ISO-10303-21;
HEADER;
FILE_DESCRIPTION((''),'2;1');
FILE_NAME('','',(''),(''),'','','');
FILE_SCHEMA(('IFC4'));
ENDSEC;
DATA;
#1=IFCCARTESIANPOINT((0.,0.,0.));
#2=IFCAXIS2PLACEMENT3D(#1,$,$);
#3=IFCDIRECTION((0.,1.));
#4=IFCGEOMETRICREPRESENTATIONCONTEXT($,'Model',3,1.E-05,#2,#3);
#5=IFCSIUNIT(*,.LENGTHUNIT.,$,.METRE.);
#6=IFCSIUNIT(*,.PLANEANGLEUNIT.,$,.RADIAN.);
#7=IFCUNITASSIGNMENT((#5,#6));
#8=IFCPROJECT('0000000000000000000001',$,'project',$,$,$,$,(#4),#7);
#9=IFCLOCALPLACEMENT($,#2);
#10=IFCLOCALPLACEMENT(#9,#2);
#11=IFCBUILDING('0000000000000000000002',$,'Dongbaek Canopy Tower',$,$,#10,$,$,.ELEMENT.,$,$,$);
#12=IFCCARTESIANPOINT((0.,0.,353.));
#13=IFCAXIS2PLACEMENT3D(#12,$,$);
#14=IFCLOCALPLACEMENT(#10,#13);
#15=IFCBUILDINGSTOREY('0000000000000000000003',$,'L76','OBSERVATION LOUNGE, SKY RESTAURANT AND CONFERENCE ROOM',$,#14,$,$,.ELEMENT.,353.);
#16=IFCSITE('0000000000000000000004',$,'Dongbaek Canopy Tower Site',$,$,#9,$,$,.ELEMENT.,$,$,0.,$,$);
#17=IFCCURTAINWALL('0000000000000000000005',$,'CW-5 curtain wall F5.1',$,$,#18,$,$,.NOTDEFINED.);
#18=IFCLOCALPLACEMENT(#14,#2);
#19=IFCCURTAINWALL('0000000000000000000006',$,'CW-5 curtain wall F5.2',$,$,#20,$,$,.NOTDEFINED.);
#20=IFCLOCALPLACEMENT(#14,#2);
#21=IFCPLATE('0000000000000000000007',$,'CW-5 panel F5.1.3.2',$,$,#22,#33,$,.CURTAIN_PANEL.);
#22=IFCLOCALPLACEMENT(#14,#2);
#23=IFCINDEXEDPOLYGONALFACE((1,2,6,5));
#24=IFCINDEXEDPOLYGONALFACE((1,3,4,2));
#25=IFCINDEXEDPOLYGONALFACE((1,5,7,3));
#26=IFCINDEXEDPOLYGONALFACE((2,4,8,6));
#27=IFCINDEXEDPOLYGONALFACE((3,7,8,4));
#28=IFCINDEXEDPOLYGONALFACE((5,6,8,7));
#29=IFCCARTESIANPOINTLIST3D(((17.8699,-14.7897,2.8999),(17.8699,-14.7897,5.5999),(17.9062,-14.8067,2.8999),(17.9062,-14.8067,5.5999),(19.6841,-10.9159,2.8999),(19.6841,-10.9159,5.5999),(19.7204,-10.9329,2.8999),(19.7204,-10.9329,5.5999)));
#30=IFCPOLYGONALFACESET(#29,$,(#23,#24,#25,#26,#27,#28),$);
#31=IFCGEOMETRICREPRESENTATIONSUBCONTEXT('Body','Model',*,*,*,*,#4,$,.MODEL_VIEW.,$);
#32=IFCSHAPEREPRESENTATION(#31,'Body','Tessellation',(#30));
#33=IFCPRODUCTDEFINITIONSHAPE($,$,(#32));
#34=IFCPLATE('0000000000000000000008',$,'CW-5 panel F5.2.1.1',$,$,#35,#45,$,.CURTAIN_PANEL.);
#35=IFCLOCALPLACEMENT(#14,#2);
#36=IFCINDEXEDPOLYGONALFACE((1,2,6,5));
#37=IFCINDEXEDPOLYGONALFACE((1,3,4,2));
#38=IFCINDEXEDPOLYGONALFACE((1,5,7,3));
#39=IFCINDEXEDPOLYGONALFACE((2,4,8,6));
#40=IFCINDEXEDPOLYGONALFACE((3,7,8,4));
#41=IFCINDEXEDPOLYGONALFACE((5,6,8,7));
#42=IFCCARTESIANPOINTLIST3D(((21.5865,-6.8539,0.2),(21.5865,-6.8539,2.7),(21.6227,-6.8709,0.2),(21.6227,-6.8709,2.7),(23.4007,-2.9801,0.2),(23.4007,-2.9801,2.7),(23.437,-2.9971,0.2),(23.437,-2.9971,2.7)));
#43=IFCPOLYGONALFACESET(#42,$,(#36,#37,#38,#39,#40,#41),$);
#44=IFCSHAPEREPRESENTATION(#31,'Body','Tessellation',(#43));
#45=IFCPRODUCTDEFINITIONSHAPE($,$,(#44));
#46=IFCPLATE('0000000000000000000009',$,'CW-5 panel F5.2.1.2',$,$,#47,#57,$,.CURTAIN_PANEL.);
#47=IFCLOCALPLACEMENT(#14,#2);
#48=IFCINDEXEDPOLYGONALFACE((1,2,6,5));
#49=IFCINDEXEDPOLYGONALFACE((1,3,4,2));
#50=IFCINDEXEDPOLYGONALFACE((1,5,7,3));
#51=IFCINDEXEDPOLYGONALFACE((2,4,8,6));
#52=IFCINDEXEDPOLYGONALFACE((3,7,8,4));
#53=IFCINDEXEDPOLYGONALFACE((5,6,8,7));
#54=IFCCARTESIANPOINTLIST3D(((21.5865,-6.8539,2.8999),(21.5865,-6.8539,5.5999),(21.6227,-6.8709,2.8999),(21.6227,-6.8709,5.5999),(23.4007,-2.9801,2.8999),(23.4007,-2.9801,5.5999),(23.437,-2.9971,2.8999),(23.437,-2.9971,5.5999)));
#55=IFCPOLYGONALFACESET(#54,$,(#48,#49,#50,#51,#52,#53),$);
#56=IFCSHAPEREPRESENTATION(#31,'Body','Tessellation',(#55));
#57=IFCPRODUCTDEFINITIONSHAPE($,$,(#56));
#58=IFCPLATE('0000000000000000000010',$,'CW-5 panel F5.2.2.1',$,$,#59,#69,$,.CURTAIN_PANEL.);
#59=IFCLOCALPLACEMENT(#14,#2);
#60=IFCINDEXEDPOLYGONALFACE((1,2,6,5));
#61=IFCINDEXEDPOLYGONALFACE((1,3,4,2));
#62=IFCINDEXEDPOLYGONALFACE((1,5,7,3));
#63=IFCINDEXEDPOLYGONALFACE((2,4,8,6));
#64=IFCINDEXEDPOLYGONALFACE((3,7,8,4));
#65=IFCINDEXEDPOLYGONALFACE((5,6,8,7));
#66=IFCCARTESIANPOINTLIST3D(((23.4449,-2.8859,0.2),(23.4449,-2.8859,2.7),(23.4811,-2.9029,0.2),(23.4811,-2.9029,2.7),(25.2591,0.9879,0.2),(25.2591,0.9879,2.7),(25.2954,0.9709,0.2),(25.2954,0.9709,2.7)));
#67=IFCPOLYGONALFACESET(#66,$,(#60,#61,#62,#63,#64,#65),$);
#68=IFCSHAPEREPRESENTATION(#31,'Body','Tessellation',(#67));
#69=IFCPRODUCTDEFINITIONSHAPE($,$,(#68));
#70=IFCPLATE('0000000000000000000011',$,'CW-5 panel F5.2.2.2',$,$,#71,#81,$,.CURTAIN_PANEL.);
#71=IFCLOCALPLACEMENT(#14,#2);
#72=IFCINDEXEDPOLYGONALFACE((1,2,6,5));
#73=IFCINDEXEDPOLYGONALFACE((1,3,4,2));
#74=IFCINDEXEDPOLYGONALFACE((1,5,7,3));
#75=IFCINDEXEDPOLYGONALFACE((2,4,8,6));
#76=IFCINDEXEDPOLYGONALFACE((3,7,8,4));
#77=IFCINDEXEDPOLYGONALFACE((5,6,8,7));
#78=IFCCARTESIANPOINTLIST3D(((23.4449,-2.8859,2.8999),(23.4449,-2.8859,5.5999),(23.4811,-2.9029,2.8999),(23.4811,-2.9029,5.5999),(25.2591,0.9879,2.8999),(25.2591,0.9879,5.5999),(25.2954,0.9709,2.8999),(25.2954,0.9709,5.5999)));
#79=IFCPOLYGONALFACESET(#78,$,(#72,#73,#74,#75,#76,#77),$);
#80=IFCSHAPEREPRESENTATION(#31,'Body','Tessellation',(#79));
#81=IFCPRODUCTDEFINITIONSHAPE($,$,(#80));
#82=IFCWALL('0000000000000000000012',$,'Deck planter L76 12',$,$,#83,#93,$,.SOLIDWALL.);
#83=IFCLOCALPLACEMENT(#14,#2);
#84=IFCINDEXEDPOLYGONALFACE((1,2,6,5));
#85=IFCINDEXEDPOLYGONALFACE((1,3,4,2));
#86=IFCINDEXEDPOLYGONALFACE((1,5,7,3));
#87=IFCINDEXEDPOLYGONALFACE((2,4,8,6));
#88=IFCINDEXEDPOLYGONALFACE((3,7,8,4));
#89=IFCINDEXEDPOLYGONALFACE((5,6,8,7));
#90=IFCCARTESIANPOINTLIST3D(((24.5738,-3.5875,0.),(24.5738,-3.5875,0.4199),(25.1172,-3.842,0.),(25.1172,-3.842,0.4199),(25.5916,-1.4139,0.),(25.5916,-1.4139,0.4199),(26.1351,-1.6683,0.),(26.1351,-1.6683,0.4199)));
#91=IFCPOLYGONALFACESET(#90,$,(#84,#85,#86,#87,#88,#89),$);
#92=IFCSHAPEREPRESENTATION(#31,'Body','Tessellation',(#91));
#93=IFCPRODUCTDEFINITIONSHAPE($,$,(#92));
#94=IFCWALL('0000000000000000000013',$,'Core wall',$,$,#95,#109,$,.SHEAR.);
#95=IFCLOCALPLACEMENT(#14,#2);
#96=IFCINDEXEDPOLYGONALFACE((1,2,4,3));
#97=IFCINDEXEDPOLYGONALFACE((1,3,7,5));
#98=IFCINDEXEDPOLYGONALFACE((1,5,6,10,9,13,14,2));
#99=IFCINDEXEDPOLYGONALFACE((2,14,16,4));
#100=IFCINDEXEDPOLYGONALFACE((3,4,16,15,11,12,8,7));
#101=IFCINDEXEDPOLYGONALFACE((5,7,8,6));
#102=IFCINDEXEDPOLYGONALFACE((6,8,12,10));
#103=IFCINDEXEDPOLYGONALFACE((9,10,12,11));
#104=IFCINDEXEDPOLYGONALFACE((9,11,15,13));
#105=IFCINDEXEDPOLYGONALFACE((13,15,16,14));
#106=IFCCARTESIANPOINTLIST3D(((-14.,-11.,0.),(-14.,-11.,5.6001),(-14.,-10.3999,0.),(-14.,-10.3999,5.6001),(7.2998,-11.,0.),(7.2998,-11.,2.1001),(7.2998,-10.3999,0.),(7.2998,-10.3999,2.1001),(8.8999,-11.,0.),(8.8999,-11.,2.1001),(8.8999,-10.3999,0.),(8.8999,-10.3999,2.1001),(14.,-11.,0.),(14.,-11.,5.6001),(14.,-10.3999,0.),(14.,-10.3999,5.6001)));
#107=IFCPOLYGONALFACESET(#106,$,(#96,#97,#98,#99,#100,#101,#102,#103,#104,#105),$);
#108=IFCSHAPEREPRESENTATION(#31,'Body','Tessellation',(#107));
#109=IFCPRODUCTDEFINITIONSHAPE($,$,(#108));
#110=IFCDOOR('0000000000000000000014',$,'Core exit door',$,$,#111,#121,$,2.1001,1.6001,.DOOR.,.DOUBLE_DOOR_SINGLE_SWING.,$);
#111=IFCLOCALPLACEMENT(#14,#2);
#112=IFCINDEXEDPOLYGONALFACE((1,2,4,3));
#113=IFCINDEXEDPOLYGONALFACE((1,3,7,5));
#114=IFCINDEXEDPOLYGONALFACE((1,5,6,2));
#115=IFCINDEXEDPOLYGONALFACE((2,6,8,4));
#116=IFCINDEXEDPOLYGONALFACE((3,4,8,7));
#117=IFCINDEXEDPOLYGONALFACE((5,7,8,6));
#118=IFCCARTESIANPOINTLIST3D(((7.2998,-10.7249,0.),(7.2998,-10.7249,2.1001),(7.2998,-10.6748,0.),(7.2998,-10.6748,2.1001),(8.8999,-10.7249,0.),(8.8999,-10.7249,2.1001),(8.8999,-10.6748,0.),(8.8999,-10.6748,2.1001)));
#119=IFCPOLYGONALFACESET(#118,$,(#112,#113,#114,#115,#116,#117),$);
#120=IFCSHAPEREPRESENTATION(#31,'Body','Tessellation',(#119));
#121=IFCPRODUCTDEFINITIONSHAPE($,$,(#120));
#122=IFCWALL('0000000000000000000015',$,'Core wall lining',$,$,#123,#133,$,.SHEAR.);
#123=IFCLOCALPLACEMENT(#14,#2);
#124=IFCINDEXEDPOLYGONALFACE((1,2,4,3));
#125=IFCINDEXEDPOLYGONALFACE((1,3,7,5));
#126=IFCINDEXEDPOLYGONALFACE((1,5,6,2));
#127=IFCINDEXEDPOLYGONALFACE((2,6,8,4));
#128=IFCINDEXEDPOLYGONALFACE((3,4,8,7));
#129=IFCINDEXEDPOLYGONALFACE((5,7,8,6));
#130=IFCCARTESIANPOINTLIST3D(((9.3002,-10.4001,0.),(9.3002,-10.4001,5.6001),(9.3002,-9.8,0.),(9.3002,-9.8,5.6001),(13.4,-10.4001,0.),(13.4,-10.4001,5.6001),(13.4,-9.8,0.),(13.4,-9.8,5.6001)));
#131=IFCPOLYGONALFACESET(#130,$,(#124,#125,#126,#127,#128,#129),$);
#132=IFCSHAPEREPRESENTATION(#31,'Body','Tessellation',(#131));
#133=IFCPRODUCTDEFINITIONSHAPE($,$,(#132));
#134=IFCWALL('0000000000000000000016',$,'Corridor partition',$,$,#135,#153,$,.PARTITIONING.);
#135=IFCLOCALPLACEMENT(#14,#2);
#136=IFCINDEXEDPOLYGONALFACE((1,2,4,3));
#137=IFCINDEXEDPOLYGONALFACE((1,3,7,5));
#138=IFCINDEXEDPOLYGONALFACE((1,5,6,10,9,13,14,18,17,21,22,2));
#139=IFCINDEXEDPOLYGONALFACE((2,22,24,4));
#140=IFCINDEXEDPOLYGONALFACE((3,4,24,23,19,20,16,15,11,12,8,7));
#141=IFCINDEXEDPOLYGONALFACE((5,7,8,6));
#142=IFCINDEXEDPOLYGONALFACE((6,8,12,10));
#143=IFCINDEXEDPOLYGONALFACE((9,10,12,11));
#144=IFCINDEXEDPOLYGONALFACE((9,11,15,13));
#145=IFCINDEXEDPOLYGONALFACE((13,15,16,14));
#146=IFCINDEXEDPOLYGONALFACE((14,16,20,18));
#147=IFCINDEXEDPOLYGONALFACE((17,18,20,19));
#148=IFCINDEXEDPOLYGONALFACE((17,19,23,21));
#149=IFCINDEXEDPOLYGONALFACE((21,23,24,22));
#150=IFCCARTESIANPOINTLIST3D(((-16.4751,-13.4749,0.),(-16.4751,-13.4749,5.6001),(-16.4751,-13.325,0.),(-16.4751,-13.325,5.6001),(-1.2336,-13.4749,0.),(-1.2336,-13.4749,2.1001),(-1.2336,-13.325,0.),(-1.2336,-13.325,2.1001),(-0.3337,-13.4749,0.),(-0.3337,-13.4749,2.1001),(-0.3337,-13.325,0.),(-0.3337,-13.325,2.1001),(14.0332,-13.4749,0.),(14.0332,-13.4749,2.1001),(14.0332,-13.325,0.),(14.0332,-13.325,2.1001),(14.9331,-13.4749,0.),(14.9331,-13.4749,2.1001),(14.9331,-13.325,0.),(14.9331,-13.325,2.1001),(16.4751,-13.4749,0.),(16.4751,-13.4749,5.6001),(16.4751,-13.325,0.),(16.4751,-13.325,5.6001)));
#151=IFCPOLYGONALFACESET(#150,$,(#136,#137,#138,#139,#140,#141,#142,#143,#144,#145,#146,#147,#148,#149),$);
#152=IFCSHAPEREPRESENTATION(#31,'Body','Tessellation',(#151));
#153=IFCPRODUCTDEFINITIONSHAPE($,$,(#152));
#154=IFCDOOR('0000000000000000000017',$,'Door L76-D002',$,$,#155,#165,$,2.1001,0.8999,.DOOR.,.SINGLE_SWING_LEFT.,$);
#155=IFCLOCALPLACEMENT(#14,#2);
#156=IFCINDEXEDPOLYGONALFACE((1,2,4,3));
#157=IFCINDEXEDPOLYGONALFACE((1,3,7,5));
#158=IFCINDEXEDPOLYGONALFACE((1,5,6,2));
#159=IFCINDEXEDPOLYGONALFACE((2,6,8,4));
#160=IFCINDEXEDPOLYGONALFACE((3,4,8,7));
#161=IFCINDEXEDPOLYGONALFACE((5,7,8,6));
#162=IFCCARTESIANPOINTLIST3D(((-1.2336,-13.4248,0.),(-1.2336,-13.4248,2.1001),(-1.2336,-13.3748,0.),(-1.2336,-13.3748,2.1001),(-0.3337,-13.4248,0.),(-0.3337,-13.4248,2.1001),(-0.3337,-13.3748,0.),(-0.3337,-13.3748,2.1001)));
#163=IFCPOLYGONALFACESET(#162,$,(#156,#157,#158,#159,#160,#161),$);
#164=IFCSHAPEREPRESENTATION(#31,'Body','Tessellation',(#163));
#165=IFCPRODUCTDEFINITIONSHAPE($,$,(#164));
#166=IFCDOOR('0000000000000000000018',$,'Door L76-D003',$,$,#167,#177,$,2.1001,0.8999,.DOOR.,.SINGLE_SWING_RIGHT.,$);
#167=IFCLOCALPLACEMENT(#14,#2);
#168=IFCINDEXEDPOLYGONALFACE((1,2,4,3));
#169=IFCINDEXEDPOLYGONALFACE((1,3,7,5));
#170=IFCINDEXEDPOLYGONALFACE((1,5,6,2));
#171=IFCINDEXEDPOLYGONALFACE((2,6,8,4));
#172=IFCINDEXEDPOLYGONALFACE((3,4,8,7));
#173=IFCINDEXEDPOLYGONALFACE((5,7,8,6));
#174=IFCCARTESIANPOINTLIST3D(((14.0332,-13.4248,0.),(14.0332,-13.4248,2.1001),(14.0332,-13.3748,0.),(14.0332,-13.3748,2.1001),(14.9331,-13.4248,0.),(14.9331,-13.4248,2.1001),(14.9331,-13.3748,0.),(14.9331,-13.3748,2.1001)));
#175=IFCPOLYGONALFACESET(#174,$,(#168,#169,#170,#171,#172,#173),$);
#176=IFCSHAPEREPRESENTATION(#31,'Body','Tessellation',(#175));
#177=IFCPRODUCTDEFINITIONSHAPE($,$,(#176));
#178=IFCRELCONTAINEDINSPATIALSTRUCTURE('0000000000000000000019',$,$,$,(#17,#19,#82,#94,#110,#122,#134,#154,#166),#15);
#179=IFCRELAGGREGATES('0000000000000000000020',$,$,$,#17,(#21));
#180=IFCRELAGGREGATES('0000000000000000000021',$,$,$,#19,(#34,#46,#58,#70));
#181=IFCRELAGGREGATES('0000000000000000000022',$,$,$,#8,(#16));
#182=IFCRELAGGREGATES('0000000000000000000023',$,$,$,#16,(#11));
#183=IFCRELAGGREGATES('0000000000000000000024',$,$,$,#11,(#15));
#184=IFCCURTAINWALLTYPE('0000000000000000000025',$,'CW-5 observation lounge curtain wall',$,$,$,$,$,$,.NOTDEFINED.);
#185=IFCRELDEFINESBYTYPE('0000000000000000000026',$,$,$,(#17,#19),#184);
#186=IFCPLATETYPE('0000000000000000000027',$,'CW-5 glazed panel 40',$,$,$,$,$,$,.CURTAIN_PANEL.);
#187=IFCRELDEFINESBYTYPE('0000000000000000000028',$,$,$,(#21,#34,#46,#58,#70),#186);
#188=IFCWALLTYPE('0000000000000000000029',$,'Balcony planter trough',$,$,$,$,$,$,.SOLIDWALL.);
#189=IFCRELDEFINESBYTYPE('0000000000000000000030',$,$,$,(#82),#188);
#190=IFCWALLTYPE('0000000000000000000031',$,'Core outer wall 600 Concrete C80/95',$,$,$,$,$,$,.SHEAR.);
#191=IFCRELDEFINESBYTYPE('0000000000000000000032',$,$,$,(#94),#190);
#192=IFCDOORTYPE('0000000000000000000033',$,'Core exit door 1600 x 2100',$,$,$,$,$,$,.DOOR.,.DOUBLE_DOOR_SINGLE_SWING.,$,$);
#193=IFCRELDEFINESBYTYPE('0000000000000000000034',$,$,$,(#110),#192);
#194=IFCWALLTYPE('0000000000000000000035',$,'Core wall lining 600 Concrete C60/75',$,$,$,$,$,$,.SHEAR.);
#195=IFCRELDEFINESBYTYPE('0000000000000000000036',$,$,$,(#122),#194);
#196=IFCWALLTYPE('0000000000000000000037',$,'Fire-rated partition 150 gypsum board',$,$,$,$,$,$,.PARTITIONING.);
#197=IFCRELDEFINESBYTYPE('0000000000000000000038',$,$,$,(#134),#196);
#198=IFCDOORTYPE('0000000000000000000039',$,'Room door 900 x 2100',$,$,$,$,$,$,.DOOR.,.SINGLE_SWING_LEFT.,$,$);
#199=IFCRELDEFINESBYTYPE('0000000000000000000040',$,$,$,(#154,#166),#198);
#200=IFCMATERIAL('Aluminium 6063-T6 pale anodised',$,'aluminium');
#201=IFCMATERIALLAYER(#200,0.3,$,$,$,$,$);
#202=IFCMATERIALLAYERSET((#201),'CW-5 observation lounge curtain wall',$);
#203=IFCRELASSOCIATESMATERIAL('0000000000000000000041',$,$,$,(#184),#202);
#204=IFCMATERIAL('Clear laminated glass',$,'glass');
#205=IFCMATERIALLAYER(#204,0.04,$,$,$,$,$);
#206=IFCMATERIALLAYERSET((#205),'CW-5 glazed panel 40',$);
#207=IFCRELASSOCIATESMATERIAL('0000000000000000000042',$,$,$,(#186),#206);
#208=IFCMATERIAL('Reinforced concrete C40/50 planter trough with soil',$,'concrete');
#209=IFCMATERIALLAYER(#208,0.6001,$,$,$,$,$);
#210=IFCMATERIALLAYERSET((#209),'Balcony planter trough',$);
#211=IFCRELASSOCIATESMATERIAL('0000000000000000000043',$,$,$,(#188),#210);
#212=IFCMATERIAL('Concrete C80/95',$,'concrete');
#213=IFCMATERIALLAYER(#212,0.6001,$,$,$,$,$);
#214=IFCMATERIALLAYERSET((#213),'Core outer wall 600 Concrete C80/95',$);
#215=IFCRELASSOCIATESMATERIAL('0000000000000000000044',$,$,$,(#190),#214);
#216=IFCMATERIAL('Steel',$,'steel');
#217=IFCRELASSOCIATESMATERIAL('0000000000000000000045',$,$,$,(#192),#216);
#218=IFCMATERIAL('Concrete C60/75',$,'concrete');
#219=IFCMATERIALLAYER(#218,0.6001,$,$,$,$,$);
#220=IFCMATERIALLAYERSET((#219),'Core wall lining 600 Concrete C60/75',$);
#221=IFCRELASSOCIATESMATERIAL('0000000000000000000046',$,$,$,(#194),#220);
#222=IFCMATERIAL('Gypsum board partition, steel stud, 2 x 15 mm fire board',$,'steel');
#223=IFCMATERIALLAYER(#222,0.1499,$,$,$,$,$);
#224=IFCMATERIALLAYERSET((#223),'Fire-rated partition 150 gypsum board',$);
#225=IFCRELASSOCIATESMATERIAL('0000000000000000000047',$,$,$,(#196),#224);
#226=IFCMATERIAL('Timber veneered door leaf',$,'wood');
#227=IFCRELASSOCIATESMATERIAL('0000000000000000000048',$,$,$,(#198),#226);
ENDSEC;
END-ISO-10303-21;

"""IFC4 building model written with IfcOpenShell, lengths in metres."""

from ifc_helpers import new_model, si_unit, direction, frame, frame_2d, origin, origin_2d, place, context, subcontext, project, spatial, rectangle, extrude, material, layer, layer_set, type_object, element, fill, aggregate, save


model = new_model("IFC4")

# Units and contexts
model_context = context("Model", 3, precision=1e-05, world=origin(), true_north=direction((0.0, 1.0)))
body_context = subcontext(model_context, "Body", "Model", "MODEL_VIEW")
ifc_project = project(units=[si_unit("LENGTHUNIT", "METRE"), si_unit("PLANEANGLEUNIT", "RADIAN")], contexts=[model_context])

# Site, building, storey
site_placement = place(None, origin())
site = spatial("IfcSite", under=ifc_project, at=site_placement, Name="Dongbaek Canopy Tower Site", CompositionType="ELEMENT", RefElevation=0.0)
building_placement = place(site_placement, origin())
building = spatial("IfcBuilding", under=site, at=building_placement, Name="Dongbaek Canopy Tower", CompositionType="ELEMENT")
storey_placement = place(building_placement, frame((0.0, 0.0, 353.0)))
storey = spatial("IfcBuildingStorey", under=building, at=storey_placement, Name="L76", Description="OBSERVATION LOUNGE, SKY RESTAURANT AND CONFERENCE ROOM", CompositionType="ELEMENT", Elevation=353.0)

# Curtain wall
ifc_material_1 = material(Name="Aluminium 6063-T6 pale anodised", Category="aluminium")
ifc_layer_1 = layer(ifc_material_1, 0.3)
ifc_layer_set_1 = layer_set([ifc_layer_1], Name="CW-5 observation lounge curtain wall")
curtain_wall_type = type_object("IfcCurtainWallType", Name="CW-5 observation lounge curtain wall", PredefinedType="NOTDEFINED", material=ifc_layer_set_1)
curtain_wall_1_placement = place(storey_placement, origin())
curtain_wall_1 = element("IfcCurtainWall", 1, at=curtain_wall_1_placement, inside=storey, type_object=curtain_wall_type, Name="CW-5 curtain wall F5.1", PredefinedType="NOTDEFINED")

# Curtain wall
curtain_wall_2_placement = place(storey_placement, origin())
curtain_wall_2 = element("IfcCurtainWall", 2, at=curtain_wall_2_placement, inside=storey, type_object=curtain_wall_type, Name="CW-5 curtain wall F5.2", PredefinedType="NOTDEFINED")

# Plates
ifc_material_2 = material(Name="Clear laminated glass", Category="glass")
ifc_layer_2 = layer(ifc_material_2, 0.04)
ifc_layer_set_2 = layer_set([ifc_layer_2], Name="CW-5 glazed panel 40")
plate_type = type_object("IfcPlateType", Name="CW-5 glazed panel 40", PredefinedType="CURTAIN_PANEL", material=ifc_layer_set_2)
plate_1_placement = place(storey_placement, frame((18.7952, -12.8613, 2.8999), z_axis=(0.0, 0.0, 1.0), x_axis=(0.424123, 0.905605, 0.0)))
plate_1 = element("IfcPlate", 3, at=plate_1_placement, type_object=plate_type, Name="CW-5 panel F5.1.3.2", PredefinedType="CURTAIN_PANEL", context=body_context, shape_type="SweptSolid", body=[
    extrude(rectangle(XDim=4.2776, YDim=0.04, at=origin_2d()), origin(), (0.0, 0.0, 1.0), 2.7),
])
aggregate(curtain_wall_1, [plate_1])
plate_2_placement = place(storey_placement, frame((22.5117, -4.9255, 0.2), z_axis=(0.0, 0.0, 1.0), x_axis=(0.424123, 0.905605, 0.0)))
plate_2 = element("IfcPlate", 4, at=plate_2_placement, type_object=plate_type, Name="CW-5 panel F5.2.1.1", PredefinedType="CURTAIN_PANEL", context=body_context, shape_type="SweptSolid", body=[
    extrude(rectangle(XDim=4.2776, YDim=0.04, at=origin_2d()), origin(), (0.0, 0.0, 1.0), 2.5),
])
plate_3_placement = place(storey_placement, frame((22.5117, -4.9255, 2.8999), z_axis=(0.0, 0.0, 1.0), x_axis=(0.424123, 0.905605, 0.0)))
plate_3 = element("IfcPlate", 5, at=plate_3_placement, type_object=plate_type, Name="CW-5 panel F5.2.1.2", PredefinedType="CURTAIN_PANEL", context=body_context, shape_type="SweptSolid", body=[
    extrude(rectangle(XDim=4.2776, YDim=0.04, at=origin_2d()), origin(), (0.0, 0.0, 1.0), 2.7),
])
plate_4_placement = place(storey_placement, frame((24.3701, -0.9575, 0.2), z_axis=(0.0, 0.0, 1.0), x_axis=(0.424123, 0.905605, 0.0)))
plate_4 = element("IfcPlate", 6, at=plate_4_placement, type_object=plate_type, Name="CW-5 panel F5.2.2.1", PredefinedType="CURTAIN_PANEL", context=body_context, shape_type="SweptSolid", body=[
    extrude(rectangle(XDim=4.2776, YDim=0.04, at=origin_2d()), origin(), (0.0, 0.0, 1.0), 2.5),
])
plate_5_placement = place(storey_placement, frame((24.3701, -0.9575, 2.8999), z_axis=(0.0, 0.0, 1.0), x_axis=(0.424123, 0.905605, 0.0)))
plate_5 = element("IfcPlate", 7, at=plate_5_placement, type_object=plate_type, Name="CW-5 panel F5.2.2.2", PredefinedType="CURTAIN_PANEL", context=body_context, shape_type="SweptSolid", body=[
    extrude(rectangle(XDim=4.2776, YDim=0.04, at=origin_2d()), origin(), (0.0, 0.0, 1.0), 2.7),
])
aggregate(curtain_wall_2, [plate_2, plate_3, plate_4, plate_5])

# Wall
ifc_material_3 = material(Name="Reinforced concrete C40/50 planter trough with soil", Category="concrete")
ifc_layer_3 = layer(ifc_material_3, 0.6001)
ifc_layer_set_3 = layer_set([ifc_layer_3], Name="Balcony planter trough")
wall_type_1 = type_object("IfcWallType", Name="Balcony planter trough", PredefinedType="SOLIDWALL", material=ifc_layer_set_3)
wall_1_placement = place(storey_placement, frame((24.8455, -3.7148, 0.0), z_axis=(0.0, 0.0, 1.0), x_axis=(0.424077, 0.905626, 0.0)))
element("IfcWall", 8, at=wall_1_placement, inside=storey, type_object=wall_type_1, Name="Deck planter L76 12", PredefinedType="SOLIDWALL", context=body_context, shape_type="SweptSolid", body=[
    extrude(rectangle(XDim=2.4001, YDim=0.6001, at=frame_2d((1.2002, 0.0))), origin(), (0.0, 0.0, 1.0), 0.4199),
])

# Wall, opening, door
ifc_material_4 = material(Name="Concrete C80/95", Category="concrete")
ifc_layer_4 = layer(ifc_material_4, 0.6001)
ifc_layer_set_4 = layer_set([ifc_layer_4], Name="Core outer wall 600 Concrete C80/95")
wall_type_2 = type_object("IfcWallType", Name="Core outer wall 600 Concrete C80/95", PredefinedType="SHEAR", material=ifc_layer_set_4)
wall_2_placement = place(storey_placement, frame((14.0, -10.7, 0.0), z_axis=(0.0, 0.0, 1.0), x_axis=(-1.0, 0.0, 0.0)))
wall_2 = element("IfcWall", 9, at=wall_2_placement, inside=storey, type_object=wall_type_2, Name="Core wall", PredefinedType="SHEAR", context=body_context, shape_type="SweptSolid", body=[
    extrude(rectangle(XDim=28.0, YDim=0.6001, at=frame_2d((14.0, 0.0))), origin(), (0.0, 0.0, 1.0), 5.6001),
])
opening_1_placement = place(wall_2_placement, frame((5.1001, 0.0, 0.0)))
opening_1 = element("IfcOpeningElement", 10, at=opening_1_placement, cuts=wall_2, PredefinedType="OPENING", context=body_context, shape_type="SweptSolid", body=[
    extrude(rectangle(XDim=1.6001, YDim=2.1001, at=frame_2d((0.8, 1.05))), frame((0.0, 0.3101, 0.0), z_axis=(0.0, -1.0, 0.0), x_axis=(1.0, 0.0, 0.0)), (0.0, 0.0, 1.0), 0.6201),
])
ifc_material_5 = material(Name="Steel", Category="steel")
door_type_1 = type_object("IfcDoorType", Name="Core exit door 1600 x 2100", OperationType="DOUBLE_DOOR_SINGLE_SWING", PredefinedType="DOOR", material=ifc_material_5)
door_1_placement = place(opening_1_placement, origin())
door_1 = element("IfcDoor", 11, at=door_1_placement, inside=storey, type_object=door_type_1, Name="Core exit door", OperationType="DOUBLE_DOOR_SINGLE_SWING", OverallHeight=2.1001, OverallWidth=1.6001, PredefinedType="DOOR", context=body_context, shape_type="SweptSolid", body=[
    extrude(rectangle(XDim=1.6001, YDim=2.1001, at=frame_2d((0.8, 1.05))), frame((0.0, 0.0249, 0.0), z_axis=(0.0, -1.0, 0.0), x_axis=(1.0, 0.0, 0.0)), (0.0, 0.0, 1.0), 0.05),
])
fill(opening_1, door_1)

# Wall
ifc_material_6 = material(Name="Concrete C60/75", Category="concrete")
ifc_layer_5 = layer(ifc_material_6, 0.6001)
ifc_layer_set_5 = layer_set([ifc_layer_5], Name="Core wall lining 600 Concrete C60/75")
wall_type_3 = type_object("IfcWallType", Name="Core wall lining 600 Concrete C60/75", PredefinedType="SHEAR", material=ifc_layer_set_5)
wall_3_placement = place(storey_placement, frame((13.3999, -10.1001, 0.0), z_axis=(0.0, 0.0, 1.0), x_axis=(-1.0, 0.0, 0.0)))
element("IfcWall", 12, at=wall_3_placement, inside=storey, type_object=wall_type_3, Name="Core wall lining", PredefinedType="SHEAR", context=body_context, shape_type="SweptSolid", body=[
    extrude(rectangle(XDim=4.0999, YDim=0.6001, at=frame_2d((2.0498, 0.0))), origin(), (0.0, 0.0, 1.0), 5.6001),
])

# Wall, openings, doors
ifc_material_7 = material(Name="Gypsum board partition, steel stud, 2 x 15 mm fire board", Category="steel")
ifc_layer_6 = layer(ifc_material_7, 0.1499)
ifc_layer_set_6 = layer_set([ifc_layer_6], Name="Fire-rated partition 150 gypsum board")
wall_type_4 = type_object("IfcWallType", Name="Fire-rated partition 150 gypsum board", PredefinedType="PARTITIONING", material=ifc_layer_set_6)
wall_4_placement = place(storey_placement, frame((16.4751, -13.3999, 0.0), z_axis=(0.0, 0.0, 1.0), x_axis=(-1.0, 0.0, 0.0)))
wall_4 = element("IfcWall", 13, at=wall_4_placement, inside=storey, type_object=wall_type_4, Name="Corridor partition", PredefinedType="PARTITIONING", context=body_context, shape_type="SweptSolid", body=[
    extrude(rectangle(XDim=32.9502, YDim=0.1499, at=frame_2d((16.4751, 0.0))), origin(), (0.0, 0.0, 1.0), 5.6001),
])
opening_2_placement = place(wall_4_placement, frame((16.8088, 0.0, 0.0)))
opening_2 = element("IfcOpeningElement", 14, at=opening_2_placement, cuts=wall_4, PredefinedType="OPENING", context=body_context, shape_type="SweptSolid", body=[
    extrude(rectangle(XDim=0.8999, YDim=2.1001, at=frame_2d((0.45, 1.05))), frame((0.0, 0.085, 0.0), z_axis=(0.0, -1.0, 0.0), x_axis=(1.0, 0.0, 0.0)), (0.0, 0.0, 1.0), 0.1699),
])
opening_3_placement = place(wall_4_placement, frame((1.542, 0.0, 0.0)))
opening_3 = element("IfcOpeningElement", 15, at=opening_3_placement, cuts=wall_4, PredefinedType="OPENING", context=body_context, shape_type="SweptSolid", body=[
    extrude(rectangle(XDim=0.8999, YDim=2.1001, at=frame_2d((0.45, 1.05))), frame((0.0, 0.085, 0.0), z_axis=(0.0, -1.0, 0.0), x_axis=(1.0, 0.0, 0.0)), (0.0, 0.0, 1.0), 0.1699),
])
ifc_material_8 = material(Name="Timber veneered door leaf", Category="wood")
door_type_2 = type_object("IfcDoorType", Name="Room door 900 x 2100", OperationType="SINGLE_SWING_LEFT", PredefinedType="DOOR", material=ifc_material_8)
door_2_placement = place(opening_2_placement, origin())
door_2 = element("IfcDoor", 16, at=door_2_placement, inside=storey, type_object=door_type_2, Name="Door L76-D002", OperationType="SINGLE_SWING_LEFT", OverallHeight=2.1001, OverallWidth=0.8999, PredefinedType="DOOR", context=body_context, shape_type="SweptSolid", body=[
    extrude(rectangle(XDim=0.8999, YDim=2.1001, at=frame_2d((0.45, 1.05))), frame((0.0, 0.0249, 0.0), z_axis=(0.0, -1.0, 0.0), x_axis=(1.0, 0.0, 0.0)), (0.0, 0.0, 1.0), 0.05),
])
fill(opening_2, door_2)
door_3_placement = place(opening_3_placement, origin())
door_3 = element("IfcDoor", 17, at=door_3_placement, inside=storey, type_object=door_type_2, Name="Door L76-D003", OperationType="SINGLE_SWING_RIGHT", OverallHeight=2.1001, OverallWidth=0.8999, PredefinedType="DOOR", context=body_context, shape_type="SweptSolid", body=[
    extrude(rectangle(XDim=0.8999, YDim=2.1001, at=frame_2d((0.45, 1.05))), frame((0.0, 0.0249, 0.0), z_axis=(0.0, -1.0, 0.0), x_axis=(1.0, 0.0, 0.0)), (0.0, 0.0, 1.0), 0.05),
])
fill(opening_3, door_3)

save(model, "model.ifc")
